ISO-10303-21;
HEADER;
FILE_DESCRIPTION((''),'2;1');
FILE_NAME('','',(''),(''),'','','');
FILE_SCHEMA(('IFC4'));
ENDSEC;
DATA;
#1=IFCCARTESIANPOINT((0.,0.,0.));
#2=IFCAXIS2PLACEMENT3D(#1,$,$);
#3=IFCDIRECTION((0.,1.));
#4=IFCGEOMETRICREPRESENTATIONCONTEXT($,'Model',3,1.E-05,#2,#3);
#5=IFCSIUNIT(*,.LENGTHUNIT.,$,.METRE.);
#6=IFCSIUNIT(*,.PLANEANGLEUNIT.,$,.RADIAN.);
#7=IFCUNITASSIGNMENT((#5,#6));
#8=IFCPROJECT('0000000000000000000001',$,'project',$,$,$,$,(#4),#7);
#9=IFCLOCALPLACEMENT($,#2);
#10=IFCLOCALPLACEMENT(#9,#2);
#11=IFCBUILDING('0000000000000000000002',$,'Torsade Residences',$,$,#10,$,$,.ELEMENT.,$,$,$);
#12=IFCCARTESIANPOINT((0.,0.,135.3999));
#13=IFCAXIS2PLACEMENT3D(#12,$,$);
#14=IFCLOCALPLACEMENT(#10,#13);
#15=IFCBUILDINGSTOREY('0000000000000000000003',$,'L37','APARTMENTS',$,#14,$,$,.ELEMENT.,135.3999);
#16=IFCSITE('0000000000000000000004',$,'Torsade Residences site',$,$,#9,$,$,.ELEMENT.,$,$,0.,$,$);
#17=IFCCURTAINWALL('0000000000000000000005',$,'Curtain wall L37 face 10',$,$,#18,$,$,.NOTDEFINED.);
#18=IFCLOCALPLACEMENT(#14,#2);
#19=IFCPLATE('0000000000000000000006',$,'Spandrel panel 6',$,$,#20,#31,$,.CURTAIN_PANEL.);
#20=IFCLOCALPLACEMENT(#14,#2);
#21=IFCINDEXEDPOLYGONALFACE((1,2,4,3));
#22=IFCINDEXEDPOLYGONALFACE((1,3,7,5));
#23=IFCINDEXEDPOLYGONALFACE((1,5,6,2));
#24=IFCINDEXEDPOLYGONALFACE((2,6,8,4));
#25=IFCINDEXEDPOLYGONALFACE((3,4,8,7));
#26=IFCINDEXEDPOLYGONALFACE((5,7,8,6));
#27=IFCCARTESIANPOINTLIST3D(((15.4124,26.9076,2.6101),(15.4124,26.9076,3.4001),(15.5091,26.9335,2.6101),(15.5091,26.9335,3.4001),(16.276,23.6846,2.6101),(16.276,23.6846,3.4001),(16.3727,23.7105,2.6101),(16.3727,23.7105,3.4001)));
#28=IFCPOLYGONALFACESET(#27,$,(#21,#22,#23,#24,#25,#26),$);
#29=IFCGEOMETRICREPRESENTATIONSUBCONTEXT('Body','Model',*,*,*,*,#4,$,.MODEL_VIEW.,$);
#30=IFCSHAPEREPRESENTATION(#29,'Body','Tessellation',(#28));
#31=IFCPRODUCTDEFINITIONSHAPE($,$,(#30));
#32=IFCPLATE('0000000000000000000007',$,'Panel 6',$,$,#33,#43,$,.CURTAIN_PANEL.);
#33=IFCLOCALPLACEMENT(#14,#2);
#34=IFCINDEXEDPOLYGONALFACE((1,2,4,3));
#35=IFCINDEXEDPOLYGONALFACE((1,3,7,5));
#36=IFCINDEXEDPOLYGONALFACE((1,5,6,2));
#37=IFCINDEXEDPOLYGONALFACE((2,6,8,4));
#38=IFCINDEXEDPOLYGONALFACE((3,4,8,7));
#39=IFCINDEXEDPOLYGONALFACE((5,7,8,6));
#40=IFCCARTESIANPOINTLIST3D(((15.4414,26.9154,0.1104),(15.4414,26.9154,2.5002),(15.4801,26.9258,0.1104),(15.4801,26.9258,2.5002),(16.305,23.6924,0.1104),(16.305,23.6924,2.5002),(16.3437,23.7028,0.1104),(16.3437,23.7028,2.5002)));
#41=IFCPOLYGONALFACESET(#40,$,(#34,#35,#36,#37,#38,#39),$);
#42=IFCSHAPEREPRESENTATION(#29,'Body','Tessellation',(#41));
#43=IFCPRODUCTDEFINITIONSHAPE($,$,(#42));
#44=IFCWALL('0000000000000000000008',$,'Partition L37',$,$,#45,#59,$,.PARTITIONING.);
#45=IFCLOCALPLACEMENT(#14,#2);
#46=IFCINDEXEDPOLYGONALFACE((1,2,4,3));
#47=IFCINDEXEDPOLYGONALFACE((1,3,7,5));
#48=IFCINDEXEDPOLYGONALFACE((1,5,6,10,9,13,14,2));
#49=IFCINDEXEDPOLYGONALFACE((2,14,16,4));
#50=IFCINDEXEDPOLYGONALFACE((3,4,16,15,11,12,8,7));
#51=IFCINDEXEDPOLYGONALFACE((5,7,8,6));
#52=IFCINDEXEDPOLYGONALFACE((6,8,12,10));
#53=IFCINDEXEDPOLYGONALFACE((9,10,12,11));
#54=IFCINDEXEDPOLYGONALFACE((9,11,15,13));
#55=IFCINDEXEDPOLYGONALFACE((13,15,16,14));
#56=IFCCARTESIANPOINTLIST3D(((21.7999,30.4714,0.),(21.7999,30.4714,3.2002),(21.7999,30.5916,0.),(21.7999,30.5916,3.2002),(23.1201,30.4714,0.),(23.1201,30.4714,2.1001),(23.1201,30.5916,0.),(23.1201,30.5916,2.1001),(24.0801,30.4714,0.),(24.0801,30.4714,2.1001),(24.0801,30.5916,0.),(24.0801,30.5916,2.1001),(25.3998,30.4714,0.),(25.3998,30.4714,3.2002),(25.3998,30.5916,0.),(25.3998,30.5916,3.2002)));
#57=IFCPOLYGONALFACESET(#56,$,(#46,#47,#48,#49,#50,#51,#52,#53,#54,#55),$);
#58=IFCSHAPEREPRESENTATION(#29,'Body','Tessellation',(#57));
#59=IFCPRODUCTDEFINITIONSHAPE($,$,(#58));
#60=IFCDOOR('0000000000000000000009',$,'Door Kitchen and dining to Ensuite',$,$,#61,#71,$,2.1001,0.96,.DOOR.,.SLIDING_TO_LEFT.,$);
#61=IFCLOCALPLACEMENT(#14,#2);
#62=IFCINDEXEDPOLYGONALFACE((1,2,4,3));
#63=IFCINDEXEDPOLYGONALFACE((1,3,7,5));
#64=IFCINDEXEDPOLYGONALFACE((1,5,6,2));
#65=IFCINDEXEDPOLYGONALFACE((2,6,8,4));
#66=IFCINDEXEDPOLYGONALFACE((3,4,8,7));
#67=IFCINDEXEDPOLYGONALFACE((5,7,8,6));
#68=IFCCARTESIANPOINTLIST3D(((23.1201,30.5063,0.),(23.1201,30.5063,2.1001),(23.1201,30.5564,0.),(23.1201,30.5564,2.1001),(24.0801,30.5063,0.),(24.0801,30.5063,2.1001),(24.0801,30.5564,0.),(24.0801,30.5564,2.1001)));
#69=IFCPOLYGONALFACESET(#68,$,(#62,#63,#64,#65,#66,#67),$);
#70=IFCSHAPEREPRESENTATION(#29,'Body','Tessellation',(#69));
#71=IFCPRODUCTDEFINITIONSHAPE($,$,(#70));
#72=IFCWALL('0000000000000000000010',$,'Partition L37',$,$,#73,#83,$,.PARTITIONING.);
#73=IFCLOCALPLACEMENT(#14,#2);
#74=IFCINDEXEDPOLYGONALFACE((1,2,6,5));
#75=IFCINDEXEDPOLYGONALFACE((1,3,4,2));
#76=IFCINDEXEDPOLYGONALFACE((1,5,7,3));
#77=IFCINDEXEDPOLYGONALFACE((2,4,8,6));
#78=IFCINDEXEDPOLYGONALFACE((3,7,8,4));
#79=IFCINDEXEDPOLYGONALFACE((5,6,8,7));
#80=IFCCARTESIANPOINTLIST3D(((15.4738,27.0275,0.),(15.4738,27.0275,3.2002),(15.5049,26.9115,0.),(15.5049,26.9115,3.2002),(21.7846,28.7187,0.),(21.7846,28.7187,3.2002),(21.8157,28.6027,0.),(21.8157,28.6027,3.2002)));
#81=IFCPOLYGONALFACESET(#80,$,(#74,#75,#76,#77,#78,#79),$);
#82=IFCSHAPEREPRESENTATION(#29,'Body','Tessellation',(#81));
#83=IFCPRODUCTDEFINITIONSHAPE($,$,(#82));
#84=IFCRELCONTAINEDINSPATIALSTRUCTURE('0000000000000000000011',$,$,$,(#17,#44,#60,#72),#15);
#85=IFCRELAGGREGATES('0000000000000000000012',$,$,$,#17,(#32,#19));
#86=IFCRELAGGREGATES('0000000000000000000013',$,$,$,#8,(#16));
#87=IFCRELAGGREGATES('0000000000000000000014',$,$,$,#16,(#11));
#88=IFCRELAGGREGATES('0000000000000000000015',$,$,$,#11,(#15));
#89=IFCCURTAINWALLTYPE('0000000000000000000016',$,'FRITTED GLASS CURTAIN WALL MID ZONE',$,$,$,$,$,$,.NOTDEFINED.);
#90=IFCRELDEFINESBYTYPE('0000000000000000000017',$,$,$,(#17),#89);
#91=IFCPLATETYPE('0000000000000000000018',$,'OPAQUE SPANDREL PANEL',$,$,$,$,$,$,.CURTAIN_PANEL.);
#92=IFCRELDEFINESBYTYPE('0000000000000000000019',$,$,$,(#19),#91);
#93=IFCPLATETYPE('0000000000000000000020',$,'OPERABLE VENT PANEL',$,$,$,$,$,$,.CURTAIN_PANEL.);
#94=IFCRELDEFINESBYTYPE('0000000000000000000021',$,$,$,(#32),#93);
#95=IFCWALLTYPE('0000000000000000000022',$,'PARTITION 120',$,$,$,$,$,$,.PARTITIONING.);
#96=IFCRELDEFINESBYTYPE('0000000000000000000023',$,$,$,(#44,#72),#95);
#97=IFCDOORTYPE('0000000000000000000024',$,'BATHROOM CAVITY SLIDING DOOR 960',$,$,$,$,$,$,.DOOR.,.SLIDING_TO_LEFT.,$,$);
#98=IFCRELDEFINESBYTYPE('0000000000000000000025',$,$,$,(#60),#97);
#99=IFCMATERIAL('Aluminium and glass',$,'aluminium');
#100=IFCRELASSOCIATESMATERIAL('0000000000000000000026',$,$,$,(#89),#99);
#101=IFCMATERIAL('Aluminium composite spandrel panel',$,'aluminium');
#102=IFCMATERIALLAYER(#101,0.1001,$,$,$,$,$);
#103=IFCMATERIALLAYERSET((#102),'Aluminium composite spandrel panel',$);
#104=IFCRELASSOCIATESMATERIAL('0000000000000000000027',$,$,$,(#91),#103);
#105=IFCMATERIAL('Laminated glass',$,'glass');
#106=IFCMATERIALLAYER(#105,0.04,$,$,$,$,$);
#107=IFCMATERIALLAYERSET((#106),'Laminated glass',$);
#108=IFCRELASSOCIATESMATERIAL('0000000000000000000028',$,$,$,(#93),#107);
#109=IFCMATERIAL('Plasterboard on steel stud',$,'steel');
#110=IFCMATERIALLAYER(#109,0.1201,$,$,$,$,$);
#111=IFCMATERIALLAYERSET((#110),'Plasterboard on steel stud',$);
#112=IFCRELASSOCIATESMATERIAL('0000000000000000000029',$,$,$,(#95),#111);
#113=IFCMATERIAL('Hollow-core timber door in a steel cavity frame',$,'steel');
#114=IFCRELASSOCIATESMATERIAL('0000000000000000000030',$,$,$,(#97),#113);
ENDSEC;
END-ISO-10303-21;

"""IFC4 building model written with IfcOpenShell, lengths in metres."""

from ifc_helpers import new_model, si_unit, direction, frame, frame_2d, origin, origin_2d, place, context, subcontext, project, spatial, rectangle, extrude, material, layer, layer_set, type_object, element, fill, aggregate, save


model = new_model("IFC4")

# Units and contexts
model_context = context("Model", 3, precision=1e-05, world=origin(), true_north=direction((0.0, 1.0)))
body_context = subcontext(model_context, "Body", "Model", "MODEL_VIEW")
ifc_project = project(units=[si_unit("LENGTHUNIT", "METRE"), si_unit("PLANEANGLEUNIT", "RADIAN")], contexts=[model_context])

# Site, building, storey
site_placement = place(None, origin())
site = spatial("IfcSite", under=ifc_project, at=site_placement, Name="Torsade Residences site", CompositionType="ELEMENT", RefElevation=0.0)
building_placement = place(site_placement, origin())
building = spatial("IfcBuilding", under=site, at=building_placement, Name="Torsade Residences", CompositionType="ELEMENT")
storey_placement = place(building_placement, frame((0.0, 0.0, 135.3999)))
storey = spatial("IfcBuildingStorey", under=building, at=storey_placement, Name="L37", Description="APARTMENTS", CompositionType="ELEMENT", Elevation=135.3999)

# Curtain wall
ifc_material_1 = material(Name="Aluminium and glass", Category="aluminium")
curtain_wall_type = type_object("IfcCurtainWallType", Name="FRITTED GLASS CURTAIN WALL MID ZONE", PredefinedType="NOTDEFINED", material=ifc_material_1)
curtain_wall_placement = place(storey_placement, origin())
curtain_wall = element("IfcCurtainWall", 1, at=curtain_wall_placement, inside=storey, type_object=curtain_wall_type, Name="Curtain wall L37 face 10", PredefinedType="NOTDEFINED")

# Plates
ifc_material_2 = material(Name="Aluminium composite spandrel panel", Category="aluminium")
ifc_layer_1 = layer(ifc_material_2, 0.1001)
ifc_layer_set_1 = layer_set([ifc_layer_1], Name="Aluminium composite spandrel panel")
plate_type_1 = type_object("IfcPlateType", Name="OPAQUE SPANDREL PANEL", PredefinedType="CURTAIN_PANEL", material=ifc_layer_set_1)
plate_1_placement = place(storey_placement, frame((15.8926, 25.3091, 2.6101), z_axis=(0.0, 0.0, 1.0), x_axis=(0.258819, -0.965926, 0.0)))
plate_1 = element("IfcPlate", 2, at=plate_1_placement, type_object=plate_type_1, Name="Spandrel panel 6", PredefinedType="CURTAIN_PANEL", context=body_context, shape_type="SweptSolid", body=[
    extrude(rectangle(XDim=3.3367, YDim=0.1001, at=origin_2d()), origin(), (0.0, 0.0, 1.0), 0.79),
])
ifc_material_3 = material(Name="Laminated glass", Category="glass")
ifc_layer_2 = layer(ifc_material_3, 0.04)
ifc_layer_set_2 = layer_set([ifc_layer_2], Name="Laminated glass")
plate_type_2 = type_object("IfcPlateType", Name="OPERABLE VENT PANEL", PredefinedType="CURTAIN_PANEL", material=ifc_layer_set_2)
plate_2_placement = place(storey_placement, frame((15.8926, 25.3091, 0.1104), z_axis=(0.0, 0.0, 1.0), x_axis=(0.258819, -0.965926, 0.0)))
plate_2 = element("IfcPlate", 3, at=plate_2_placement, type_object=plate_type_2, Name="Panel 6", PredefinedType="CURTAIN_PANEL", context=body_context, shape_type="SweptSolid", body=[
    extrude(rectangle(XDim=3.3367, YDim=0.04, at=origin_2d()), origin(), (0.0, 0.0, 1.0), 2.3899),
])
aggregate(curtain_wall, [plate_2, plate_1])

# Wall, opening, door
ifc_material_4 = material(Name="Plasterboard on steel stud", Category="steel")
ifc_layer_3 = layer(ifc_material_4, 0.1201)
ifc_layer_set_3 = layer_set([ifc_layer_3], Name="Plasterboard on steel stud")
wall_type = type_object("IfcWallType", Name="PARTITION 120", PredefinedType="PARTITIONING", material=ifc_layer_set_3)
wall_1_placement = place(storey_placement, frame((21.8, 30.5315, 0.0), z_axis=(0.0, 0.0, 1.0), x_axis=(1.0, 0.0, 0.0)))
wall_1 = element("IfcWall", 4, at=wall_1_placement, inside=storey, type_object=wall_type, Name="Partition L37", PredefinedType="PARTITIONING", context=body_context, shape_type="SweptSolid", body=[
    extrude(rectangle(XDim=3.5999, YDim=0.1201, at=frame_2d((1.7998, 0.0))), origin(), (0.0, 0.0, 1.0), 3.2002),
])
opening_placement = place(wall_1_placement, frame((1.3201, 0.0, 0.0)))
opening = element("IfcOpeningElement", 5, at=opening_placement, cuts=wall_1, PredefinedType="OPENING", context=body_context, shape_type="SweptSolid", body=[
    extrude(rectangle(XDim=0.96, YDim=2.1001, at=frame_2d((0.48, 1.05))), frame((0.0, 0.0701, 0.0), z_axis=(0.0, -1.0, 0.0), x_axis=(1.0, 0.0, 0.0)), (0.0, 0.0, 1.0), 0.1401),
])
ifc_material_5 = material(Name="Hollow-core timber door in a steel cavity frame", Category="steel")
door_type = type_object("IfcDoorType", Name="BATHROOM CAVITY SLIDING DOOR 960", OperationType="SLIDING_TO_LEFT", PredefinedType="DOOR", material=ifc_material_5)
door_placement = place(opening_placement, origin())
door = element("IfcDoor", 6, at=door_placement, inside=storey, type_object=door_type, Name="Door Kitchen and dining to Ensuite", OperationType="SLIDING_TO_LEFT", OverallHeight=2.1001, OverallWidth=0.96, PredefinedType="DOOR", context=body_context, shape_type="SweptSolid", body=[
    extrude(rectangle(XDim=0.96, YDim=2.1001, at=frame_2d((0.48, 1.05))), frame((0.0, 0.0249, 0.0), z_axis=(0.0, -1.0, 0.0), x_axis=(1.0, 0.0, 0.0)), (0.0, 0.0, 1.0), 0.05),
])
fill(opening, door)

# Wall
wall_2_placement = place(storey_placement, frame((21.8, 28.6606, 0.0), z_axis=(0.0, 0.0, 1.0), x_axis=(-0.965919, -0.258846, 0.0)))
element("IfcWall", 7, at=wall_2_placement, inside=storey, type_object=wall_type, Name="Partition L37", PredefinedType="PARTITIONING", context=body_context, shape_type="SweptSolid", body=[
    extrude(rectangle(XDim=6.5334, YDim=0.1201, at=frame_2d((3.2666, 0.0))), origin(), (0.0, 0.0, 1.0), 3.2002),
])

save(model, "model.ifc")
